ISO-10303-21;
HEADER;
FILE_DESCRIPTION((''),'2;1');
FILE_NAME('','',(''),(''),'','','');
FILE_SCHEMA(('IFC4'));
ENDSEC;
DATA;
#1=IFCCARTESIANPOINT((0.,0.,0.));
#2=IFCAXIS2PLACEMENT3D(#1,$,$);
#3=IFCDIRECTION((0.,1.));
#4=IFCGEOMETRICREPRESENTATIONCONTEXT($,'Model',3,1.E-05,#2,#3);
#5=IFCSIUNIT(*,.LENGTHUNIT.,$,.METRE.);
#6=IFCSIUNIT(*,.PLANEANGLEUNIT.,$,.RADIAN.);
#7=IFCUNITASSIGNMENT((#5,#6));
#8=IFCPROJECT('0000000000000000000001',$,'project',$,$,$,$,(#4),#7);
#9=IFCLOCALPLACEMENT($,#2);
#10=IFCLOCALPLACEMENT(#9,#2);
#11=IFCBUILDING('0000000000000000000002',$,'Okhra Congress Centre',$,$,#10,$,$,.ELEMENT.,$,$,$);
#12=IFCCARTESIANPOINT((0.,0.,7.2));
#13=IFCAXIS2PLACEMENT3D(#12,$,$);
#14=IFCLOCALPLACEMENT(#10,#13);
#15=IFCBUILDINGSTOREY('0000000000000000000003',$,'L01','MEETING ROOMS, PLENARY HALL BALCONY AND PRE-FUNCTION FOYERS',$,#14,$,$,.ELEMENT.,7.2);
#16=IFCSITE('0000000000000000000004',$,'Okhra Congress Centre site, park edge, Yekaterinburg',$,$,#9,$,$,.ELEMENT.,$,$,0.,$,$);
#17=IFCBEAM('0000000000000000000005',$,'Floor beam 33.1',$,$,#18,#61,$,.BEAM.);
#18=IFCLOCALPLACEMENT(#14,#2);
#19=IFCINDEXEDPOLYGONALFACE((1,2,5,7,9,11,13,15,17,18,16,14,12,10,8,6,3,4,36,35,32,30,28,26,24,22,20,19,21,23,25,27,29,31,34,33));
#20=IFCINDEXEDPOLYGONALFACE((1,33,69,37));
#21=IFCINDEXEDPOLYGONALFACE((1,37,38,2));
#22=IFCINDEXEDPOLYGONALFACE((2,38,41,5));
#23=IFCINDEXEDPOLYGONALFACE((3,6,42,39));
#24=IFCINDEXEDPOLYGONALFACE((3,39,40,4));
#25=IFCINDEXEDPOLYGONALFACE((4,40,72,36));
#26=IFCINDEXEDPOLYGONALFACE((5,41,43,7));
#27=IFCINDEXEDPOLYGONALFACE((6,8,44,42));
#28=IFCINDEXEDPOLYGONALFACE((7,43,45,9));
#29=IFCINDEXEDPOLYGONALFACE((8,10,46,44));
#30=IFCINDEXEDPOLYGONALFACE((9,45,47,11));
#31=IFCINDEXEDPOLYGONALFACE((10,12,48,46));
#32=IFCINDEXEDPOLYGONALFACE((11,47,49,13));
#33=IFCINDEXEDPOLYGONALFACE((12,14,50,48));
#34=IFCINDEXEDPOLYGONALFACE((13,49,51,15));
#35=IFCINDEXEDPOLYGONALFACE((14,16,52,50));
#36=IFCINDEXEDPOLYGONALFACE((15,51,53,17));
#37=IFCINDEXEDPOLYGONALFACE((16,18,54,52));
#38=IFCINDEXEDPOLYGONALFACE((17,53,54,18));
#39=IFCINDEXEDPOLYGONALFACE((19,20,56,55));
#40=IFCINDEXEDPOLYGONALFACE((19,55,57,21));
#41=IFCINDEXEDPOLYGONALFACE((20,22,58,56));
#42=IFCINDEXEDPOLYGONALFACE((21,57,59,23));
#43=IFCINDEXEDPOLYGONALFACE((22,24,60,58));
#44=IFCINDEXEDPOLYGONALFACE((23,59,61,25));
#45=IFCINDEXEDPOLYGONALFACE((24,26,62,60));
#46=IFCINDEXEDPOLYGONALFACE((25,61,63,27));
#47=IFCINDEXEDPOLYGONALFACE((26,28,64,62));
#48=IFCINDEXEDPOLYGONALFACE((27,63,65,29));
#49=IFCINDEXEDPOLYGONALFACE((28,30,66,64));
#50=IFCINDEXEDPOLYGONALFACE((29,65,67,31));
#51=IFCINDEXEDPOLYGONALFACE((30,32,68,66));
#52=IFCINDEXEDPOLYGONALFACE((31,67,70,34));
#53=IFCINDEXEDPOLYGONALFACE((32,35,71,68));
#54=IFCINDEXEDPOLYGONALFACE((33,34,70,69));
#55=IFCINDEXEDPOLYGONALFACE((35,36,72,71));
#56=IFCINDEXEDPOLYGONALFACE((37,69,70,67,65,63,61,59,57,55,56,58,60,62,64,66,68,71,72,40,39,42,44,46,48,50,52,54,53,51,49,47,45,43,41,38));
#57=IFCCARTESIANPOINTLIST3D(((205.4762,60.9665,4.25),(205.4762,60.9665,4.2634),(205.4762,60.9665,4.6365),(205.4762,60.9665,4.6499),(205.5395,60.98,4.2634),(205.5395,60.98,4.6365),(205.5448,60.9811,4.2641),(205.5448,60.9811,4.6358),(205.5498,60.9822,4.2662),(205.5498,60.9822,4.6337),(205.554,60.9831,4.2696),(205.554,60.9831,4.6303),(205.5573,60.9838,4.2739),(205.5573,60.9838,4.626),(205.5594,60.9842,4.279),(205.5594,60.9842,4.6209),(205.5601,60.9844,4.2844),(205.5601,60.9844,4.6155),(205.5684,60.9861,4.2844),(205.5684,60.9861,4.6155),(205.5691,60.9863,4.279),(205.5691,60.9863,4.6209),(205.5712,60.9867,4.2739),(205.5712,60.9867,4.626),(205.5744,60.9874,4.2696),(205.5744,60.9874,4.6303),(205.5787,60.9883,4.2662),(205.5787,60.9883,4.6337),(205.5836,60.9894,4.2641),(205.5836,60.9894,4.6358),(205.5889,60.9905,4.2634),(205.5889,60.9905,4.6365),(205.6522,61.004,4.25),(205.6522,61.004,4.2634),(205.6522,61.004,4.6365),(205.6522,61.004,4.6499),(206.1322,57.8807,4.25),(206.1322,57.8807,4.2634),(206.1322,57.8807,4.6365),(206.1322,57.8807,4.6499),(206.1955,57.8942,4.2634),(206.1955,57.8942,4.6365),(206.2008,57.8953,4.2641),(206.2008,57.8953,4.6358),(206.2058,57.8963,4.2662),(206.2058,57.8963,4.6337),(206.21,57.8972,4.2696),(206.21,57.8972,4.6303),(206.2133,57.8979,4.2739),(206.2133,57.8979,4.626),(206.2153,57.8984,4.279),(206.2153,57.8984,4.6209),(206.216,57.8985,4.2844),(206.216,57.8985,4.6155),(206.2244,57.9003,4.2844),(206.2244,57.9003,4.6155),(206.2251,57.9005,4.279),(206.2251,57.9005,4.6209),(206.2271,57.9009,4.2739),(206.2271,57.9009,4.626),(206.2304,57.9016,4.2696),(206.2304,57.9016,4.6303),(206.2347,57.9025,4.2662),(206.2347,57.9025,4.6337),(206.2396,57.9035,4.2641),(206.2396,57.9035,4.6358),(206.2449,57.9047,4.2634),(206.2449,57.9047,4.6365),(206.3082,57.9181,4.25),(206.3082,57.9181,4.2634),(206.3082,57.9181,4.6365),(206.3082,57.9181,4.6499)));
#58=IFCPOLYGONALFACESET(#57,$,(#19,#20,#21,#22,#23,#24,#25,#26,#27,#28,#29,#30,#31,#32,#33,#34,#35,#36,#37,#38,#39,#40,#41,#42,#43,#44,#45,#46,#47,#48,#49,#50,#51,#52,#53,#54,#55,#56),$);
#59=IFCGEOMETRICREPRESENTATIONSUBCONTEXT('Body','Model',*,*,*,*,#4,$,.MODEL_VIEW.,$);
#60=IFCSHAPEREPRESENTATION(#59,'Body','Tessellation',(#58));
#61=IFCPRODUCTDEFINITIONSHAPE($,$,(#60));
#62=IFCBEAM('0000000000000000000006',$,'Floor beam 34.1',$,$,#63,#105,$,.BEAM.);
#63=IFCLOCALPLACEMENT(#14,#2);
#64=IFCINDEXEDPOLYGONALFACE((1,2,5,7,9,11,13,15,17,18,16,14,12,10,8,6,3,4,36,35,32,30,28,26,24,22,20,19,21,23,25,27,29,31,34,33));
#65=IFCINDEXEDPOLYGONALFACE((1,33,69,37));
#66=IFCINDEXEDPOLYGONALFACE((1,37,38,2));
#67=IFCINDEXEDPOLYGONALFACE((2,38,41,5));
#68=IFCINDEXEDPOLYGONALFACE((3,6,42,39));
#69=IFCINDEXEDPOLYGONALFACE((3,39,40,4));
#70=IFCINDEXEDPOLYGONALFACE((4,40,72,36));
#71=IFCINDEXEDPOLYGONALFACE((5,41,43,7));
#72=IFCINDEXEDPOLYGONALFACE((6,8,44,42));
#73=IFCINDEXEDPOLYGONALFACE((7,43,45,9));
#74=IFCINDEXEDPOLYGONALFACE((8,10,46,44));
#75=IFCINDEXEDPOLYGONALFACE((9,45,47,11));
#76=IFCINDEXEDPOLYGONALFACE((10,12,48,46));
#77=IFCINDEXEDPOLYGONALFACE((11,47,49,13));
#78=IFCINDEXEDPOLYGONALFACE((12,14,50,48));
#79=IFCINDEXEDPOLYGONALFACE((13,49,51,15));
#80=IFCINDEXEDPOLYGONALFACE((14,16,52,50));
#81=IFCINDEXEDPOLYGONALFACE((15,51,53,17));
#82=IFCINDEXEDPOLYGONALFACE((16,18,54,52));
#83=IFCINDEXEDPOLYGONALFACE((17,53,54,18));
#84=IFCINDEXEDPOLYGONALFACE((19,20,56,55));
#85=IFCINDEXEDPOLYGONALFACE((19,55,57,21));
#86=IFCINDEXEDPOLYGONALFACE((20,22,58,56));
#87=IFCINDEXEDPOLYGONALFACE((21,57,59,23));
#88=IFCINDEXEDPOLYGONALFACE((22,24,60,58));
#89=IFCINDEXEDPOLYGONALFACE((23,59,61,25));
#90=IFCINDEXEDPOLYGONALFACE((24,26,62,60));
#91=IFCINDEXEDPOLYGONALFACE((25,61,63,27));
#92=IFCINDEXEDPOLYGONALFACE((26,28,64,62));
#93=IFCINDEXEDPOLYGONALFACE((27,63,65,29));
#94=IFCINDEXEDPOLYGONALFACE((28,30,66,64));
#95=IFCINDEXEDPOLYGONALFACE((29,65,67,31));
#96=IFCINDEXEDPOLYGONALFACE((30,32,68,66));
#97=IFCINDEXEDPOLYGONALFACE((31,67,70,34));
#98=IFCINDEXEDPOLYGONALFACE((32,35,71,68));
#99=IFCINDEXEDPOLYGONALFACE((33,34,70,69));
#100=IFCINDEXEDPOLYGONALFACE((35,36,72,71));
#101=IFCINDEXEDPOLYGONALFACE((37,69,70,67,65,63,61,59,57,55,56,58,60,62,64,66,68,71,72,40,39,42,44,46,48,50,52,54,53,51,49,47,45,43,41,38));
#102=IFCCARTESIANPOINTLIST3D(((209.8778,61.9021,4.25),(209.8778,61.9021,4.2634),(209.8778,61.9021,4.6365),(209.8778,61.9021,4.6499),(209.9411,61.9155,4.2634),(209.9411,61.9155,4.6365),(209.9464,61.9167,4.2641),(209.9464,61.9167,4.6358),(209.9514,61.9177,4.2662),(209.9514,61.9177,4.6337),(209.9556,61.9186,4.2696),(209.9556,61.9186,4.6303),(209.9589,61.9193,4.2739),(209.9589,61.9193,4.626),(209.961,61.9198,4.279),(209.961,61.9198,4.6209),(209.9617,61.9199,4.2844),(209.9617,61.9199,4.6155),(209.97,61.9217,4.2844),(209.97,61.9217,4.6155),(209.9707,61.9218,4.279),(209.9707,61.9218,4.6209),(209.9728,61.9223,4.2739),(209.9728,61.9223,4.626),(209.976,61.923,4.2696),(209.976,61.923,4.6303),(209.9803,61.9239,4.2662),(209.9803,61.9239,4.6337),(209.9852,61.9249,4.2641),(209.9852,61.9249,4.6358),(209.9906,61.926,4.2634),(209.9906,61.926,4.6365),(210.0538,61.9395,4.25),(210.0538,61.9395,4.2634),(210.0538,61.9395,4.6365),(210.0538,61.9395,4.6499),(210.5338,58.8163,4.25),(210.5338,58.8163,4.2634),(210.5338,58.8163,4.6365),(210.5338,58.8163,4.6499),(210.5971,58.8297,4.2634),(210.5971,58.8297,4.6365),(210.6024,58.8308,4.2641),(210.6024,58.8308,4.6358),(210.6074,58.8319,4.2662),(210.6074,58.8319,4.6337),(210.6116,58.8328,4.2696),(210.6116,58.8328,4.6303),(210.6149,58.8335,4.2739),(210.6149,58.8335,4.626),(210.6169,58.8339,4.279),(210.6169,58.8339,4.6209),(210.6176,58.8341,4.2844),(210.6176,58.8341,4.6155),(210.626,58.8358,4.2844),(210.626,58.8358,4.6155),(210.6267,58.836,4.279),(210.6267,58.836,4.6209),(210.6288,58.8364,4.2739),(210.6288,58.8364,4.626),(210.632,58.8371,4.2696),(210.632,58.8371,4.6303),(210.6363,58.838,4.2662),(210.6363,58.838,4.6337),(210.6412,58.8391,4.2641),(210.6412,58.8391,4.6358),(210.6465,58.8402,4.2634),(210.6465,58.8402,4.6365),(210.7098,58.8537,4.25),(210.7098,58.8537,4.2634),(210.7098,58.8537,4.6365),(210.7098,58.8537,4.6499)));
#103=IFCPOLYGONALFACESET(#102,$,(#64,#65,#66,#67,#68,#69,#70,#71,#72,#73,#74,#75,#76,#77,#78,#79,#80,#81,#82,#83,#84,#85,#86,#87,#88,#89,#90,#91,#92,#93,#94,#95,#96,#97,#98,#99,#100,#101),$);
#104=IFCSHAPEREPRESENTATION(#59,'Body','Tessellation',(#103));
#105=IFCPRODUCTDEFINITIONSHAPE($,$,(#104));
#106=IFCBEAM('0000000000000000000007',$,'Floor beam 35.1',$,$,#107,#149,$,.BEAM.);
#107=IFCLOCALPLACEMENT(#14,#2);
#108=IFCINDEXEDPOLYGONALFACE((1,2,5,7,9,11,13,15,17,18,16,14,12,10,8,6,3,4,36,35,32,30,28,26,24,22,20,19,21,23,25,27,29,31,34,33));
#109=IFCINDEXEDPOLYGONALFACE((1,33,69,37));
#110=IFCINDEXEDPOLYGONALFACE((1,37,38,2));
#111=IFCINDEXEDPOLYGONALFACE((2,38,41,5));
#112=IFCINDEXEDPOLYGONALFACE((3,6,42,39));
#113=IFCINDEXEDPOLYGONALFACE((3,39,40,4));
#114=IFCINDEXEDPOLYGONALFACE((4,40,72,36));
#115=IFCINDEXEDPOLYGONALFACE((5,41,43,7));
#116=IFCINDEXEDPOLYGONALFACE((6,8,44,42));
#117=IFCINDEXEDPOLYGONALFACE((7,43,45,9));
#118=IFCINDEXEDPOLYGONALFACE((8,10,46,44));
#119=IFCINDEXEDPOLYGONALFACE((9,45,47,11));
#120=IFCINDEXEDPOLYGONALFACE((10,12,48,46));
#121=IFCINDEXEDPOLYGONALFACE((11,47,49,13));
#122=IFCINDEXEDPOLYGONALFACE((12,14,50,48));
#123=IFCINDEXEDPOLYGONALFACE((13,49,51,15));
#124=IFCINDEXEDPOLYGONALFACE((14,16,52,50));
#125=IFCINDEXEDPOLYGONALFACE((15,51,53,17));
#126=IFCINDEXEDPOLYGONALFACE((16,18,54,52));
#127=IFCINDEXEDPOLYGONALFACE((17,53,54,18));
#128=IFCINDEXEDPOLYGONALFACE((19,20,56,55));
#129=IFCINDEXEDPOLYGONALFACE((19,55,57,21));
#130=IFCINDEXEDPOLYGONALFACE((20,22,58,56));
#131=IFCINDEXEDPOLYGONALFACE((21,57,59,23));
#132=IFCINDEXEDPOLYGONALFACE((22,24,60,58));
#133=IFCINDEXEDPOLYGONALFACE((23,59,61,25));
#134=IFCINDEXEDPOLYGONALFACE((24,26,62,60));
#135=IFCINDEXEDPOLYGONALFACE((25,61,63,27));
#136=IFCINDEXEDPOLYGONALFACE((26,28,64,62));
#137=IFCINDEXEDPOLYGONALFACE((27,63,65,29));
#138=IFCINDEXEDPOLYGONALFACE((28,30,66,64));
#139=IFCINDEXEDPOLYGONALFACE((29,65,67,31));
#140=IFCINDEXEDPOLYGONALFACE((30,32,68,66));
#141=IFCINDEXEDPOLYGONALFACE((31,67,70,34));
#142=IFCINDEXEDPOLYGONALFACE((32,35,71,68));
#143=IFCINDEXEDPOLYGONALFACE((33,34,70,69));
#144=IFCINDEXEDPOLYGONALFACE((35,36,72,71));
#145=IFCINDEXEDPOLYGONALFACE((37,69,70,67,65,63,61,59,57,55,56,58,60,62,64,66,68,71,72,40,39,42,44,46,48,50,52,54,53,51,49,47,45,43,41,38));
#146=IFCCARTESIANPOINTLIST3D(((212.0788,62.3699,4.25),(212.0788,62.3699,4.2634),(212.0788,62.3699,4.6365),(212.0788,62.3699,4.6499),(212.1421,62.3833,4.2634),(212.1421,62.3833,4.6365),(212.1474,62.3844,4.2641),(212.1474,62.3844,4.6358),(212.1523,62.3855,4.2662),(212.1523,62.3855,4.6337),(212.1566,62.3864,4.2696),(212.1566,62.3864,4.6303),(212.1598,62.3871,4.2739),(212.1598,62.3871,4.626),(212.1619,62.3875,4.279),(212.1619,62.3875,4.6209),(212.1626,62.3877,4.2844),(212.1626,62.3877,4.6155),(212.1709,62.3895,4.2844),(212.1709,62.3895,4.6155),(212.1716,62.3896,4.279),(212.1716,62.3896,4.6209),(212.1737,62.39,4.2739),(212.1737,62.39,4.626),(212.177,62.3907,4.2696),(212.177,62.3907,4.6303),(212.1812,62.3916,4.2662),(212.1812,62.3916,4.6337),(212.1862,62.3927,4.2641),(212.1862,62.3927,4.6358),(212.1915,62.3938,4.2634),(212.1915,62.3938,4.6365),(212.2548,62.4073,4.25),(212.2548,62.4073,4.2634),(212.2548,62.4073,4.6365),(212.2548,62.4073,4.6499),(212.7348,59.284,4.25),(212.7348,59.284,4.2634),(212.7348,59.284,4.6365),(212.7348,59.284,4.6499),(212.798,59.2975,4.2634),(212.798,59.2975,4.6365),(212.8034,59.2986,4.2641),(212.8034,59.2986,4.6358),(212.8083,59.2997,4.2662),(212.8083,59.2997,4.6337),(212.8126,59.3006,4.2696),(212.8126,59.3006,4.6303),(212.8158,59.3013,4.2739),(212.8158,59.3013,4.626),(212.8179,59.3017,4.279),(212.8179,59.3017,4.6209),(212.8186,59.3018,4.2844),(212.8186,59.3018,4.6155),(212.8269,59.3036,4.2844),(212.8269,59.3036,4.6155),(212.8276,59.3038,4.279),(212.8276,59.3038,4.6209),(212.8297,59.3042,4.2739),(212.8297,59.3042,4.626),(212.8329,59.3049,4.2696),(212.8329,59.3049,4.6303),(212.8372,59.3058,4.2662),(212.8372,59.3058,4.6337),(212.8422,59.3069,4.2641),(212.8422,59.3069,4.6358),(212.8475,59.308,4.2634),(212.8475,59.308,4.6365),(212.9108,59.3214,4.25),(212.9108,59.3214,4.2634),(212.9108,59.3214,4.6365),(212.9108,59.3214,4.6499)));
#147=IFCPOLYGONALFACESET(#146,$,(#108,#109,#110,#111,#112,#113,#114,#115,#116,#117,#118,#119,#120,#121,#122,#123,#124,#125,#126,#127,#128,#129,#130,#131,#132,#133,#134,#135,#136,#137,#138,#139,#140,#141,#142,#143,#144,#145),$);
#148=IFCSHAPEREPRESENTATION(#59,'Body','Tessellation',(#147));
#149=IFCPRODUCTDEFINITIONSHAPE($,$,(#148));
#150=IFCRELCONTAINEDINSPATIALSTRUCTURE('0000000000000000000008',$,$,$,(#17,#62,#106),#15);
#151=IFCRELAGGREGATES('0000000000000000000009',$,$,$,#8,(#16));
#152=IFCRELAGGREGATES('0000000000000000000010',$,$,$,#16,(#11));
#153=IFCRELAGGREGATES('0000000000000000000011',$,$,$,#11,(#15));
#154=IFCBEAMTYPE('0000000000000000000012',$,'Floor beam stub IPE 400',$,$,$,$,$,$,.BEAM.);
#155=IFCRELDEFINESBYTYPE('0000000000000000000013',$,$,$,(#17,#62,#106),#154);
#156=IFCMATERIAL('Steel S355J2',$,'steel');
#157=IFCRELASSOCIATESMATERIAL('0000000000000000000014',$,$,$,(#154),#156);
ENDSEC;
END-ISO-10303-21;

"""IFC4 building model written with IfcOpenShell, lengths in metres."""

from ifc_helpers import new_model, si_unit, direction, frame, origin, origin_2d, place, context, subcontext, project, spatial, i_section, extrude, material, material_profile, profile_set, type_object, element, save


model = new_model("IFC4")

# Units and contexts
model_context = context("Model", 3, precision=1e-05, world=origin(), true_north=direction((0.0, 1.0)))
body_context = subcontext(model_context, "Body", "Model", "MODEL_VIEW")
ifc_project = project(units=[si_unit("LENGTHUNIT", "METRE"), si_unit("PLANEANGLEUNIT", "RADIAN")], contexts=[model_context])

# Site, building, storey
site_placement = place(None, origin())
site = spatial("IfcSite", under=ifc_project, at=site_placement, Name="Okhra Congress Centre site, park edge, Yekaterinburg", CompositionType="ELEMENT", RefElevation=0.0)
building_placement = place(site_placement, origin())
building = spatial("IfcBuilding", under=site, at=building_placement, Name="Okhra Congress Centre", CompositionType="ELEMENT")
storey_placement = place(building_placement, frame((0.0, 0.0, 7.2)))
storey = spatial("IfcBuildingStorey", under=building, at=storey_placement, Name="L01", Description="MEETING ROOMS, PLENARY HALL BALCONY AND PRE-FUNCTION FOYERS", CompositionType="ELEMENT", Elevation=7.2)

# Shared definitions
ifc_material_1 = material(Name="Steel S355J2", Category="steel")

# Beams
ifc_material_profile_1 = material_profile(ifc_material_1, i_section(OverallWidth=0.1799, OverallDepth=0.3999, WebThickness=0.0085, FlangeThickness=0.0134, FilletRadius=0.021, at=origin_2d()), Name="IPE 400")
ifc_profile_set_1 = profile_set([ifc_material_profile_1], Name="Steel S355J2")
beam_type_1 = type_object("IfcBeamType", Name="Floor beam stub IPE 400", PredefinedType="BEAM", material=ifc_profile_set_1)
for number, where, z_axis, x_axis, name in (
    (1, (206.2202, 57.8994, 4.45), (-0.207933, 0.978143, 0.0), (-0.978143, -0.207933, 0.0), "Floor beam 33.1"),
    (2, (210.6218, 58.835, 4.45), (-0.207933, 0.978143, 0.0), (-0.978143, -0.207933, 0.0), "Floor beam 34.1"),
    (3, (212.8228, 59.3027, 4.45), (-0.207933, 0.978143, 0.0), (-0.978143, -0.207933, 0.0), "Floor beam 35.1"),
):
    element("IfcBeam", number, at=place(storey_placement, frame(where, z_axis=z_axis, x_axis=x_axis)), inside=storey, type_object=beam_type_1, Name=name, PredefinedType="BEAM", context=body_context, shape_type="SweptSolid", body=[
        extrude(i_section(OverallWidth=0.1799, OverallDepth=0.3999, WebThickness=0.0085, FlangeThickness=0.0134, FilletRadius=0.021, at=origin_2d()), origin(), (0.0, 0.0, 1.0), 3.1548),
    ])

save(model, "model.ifc")
